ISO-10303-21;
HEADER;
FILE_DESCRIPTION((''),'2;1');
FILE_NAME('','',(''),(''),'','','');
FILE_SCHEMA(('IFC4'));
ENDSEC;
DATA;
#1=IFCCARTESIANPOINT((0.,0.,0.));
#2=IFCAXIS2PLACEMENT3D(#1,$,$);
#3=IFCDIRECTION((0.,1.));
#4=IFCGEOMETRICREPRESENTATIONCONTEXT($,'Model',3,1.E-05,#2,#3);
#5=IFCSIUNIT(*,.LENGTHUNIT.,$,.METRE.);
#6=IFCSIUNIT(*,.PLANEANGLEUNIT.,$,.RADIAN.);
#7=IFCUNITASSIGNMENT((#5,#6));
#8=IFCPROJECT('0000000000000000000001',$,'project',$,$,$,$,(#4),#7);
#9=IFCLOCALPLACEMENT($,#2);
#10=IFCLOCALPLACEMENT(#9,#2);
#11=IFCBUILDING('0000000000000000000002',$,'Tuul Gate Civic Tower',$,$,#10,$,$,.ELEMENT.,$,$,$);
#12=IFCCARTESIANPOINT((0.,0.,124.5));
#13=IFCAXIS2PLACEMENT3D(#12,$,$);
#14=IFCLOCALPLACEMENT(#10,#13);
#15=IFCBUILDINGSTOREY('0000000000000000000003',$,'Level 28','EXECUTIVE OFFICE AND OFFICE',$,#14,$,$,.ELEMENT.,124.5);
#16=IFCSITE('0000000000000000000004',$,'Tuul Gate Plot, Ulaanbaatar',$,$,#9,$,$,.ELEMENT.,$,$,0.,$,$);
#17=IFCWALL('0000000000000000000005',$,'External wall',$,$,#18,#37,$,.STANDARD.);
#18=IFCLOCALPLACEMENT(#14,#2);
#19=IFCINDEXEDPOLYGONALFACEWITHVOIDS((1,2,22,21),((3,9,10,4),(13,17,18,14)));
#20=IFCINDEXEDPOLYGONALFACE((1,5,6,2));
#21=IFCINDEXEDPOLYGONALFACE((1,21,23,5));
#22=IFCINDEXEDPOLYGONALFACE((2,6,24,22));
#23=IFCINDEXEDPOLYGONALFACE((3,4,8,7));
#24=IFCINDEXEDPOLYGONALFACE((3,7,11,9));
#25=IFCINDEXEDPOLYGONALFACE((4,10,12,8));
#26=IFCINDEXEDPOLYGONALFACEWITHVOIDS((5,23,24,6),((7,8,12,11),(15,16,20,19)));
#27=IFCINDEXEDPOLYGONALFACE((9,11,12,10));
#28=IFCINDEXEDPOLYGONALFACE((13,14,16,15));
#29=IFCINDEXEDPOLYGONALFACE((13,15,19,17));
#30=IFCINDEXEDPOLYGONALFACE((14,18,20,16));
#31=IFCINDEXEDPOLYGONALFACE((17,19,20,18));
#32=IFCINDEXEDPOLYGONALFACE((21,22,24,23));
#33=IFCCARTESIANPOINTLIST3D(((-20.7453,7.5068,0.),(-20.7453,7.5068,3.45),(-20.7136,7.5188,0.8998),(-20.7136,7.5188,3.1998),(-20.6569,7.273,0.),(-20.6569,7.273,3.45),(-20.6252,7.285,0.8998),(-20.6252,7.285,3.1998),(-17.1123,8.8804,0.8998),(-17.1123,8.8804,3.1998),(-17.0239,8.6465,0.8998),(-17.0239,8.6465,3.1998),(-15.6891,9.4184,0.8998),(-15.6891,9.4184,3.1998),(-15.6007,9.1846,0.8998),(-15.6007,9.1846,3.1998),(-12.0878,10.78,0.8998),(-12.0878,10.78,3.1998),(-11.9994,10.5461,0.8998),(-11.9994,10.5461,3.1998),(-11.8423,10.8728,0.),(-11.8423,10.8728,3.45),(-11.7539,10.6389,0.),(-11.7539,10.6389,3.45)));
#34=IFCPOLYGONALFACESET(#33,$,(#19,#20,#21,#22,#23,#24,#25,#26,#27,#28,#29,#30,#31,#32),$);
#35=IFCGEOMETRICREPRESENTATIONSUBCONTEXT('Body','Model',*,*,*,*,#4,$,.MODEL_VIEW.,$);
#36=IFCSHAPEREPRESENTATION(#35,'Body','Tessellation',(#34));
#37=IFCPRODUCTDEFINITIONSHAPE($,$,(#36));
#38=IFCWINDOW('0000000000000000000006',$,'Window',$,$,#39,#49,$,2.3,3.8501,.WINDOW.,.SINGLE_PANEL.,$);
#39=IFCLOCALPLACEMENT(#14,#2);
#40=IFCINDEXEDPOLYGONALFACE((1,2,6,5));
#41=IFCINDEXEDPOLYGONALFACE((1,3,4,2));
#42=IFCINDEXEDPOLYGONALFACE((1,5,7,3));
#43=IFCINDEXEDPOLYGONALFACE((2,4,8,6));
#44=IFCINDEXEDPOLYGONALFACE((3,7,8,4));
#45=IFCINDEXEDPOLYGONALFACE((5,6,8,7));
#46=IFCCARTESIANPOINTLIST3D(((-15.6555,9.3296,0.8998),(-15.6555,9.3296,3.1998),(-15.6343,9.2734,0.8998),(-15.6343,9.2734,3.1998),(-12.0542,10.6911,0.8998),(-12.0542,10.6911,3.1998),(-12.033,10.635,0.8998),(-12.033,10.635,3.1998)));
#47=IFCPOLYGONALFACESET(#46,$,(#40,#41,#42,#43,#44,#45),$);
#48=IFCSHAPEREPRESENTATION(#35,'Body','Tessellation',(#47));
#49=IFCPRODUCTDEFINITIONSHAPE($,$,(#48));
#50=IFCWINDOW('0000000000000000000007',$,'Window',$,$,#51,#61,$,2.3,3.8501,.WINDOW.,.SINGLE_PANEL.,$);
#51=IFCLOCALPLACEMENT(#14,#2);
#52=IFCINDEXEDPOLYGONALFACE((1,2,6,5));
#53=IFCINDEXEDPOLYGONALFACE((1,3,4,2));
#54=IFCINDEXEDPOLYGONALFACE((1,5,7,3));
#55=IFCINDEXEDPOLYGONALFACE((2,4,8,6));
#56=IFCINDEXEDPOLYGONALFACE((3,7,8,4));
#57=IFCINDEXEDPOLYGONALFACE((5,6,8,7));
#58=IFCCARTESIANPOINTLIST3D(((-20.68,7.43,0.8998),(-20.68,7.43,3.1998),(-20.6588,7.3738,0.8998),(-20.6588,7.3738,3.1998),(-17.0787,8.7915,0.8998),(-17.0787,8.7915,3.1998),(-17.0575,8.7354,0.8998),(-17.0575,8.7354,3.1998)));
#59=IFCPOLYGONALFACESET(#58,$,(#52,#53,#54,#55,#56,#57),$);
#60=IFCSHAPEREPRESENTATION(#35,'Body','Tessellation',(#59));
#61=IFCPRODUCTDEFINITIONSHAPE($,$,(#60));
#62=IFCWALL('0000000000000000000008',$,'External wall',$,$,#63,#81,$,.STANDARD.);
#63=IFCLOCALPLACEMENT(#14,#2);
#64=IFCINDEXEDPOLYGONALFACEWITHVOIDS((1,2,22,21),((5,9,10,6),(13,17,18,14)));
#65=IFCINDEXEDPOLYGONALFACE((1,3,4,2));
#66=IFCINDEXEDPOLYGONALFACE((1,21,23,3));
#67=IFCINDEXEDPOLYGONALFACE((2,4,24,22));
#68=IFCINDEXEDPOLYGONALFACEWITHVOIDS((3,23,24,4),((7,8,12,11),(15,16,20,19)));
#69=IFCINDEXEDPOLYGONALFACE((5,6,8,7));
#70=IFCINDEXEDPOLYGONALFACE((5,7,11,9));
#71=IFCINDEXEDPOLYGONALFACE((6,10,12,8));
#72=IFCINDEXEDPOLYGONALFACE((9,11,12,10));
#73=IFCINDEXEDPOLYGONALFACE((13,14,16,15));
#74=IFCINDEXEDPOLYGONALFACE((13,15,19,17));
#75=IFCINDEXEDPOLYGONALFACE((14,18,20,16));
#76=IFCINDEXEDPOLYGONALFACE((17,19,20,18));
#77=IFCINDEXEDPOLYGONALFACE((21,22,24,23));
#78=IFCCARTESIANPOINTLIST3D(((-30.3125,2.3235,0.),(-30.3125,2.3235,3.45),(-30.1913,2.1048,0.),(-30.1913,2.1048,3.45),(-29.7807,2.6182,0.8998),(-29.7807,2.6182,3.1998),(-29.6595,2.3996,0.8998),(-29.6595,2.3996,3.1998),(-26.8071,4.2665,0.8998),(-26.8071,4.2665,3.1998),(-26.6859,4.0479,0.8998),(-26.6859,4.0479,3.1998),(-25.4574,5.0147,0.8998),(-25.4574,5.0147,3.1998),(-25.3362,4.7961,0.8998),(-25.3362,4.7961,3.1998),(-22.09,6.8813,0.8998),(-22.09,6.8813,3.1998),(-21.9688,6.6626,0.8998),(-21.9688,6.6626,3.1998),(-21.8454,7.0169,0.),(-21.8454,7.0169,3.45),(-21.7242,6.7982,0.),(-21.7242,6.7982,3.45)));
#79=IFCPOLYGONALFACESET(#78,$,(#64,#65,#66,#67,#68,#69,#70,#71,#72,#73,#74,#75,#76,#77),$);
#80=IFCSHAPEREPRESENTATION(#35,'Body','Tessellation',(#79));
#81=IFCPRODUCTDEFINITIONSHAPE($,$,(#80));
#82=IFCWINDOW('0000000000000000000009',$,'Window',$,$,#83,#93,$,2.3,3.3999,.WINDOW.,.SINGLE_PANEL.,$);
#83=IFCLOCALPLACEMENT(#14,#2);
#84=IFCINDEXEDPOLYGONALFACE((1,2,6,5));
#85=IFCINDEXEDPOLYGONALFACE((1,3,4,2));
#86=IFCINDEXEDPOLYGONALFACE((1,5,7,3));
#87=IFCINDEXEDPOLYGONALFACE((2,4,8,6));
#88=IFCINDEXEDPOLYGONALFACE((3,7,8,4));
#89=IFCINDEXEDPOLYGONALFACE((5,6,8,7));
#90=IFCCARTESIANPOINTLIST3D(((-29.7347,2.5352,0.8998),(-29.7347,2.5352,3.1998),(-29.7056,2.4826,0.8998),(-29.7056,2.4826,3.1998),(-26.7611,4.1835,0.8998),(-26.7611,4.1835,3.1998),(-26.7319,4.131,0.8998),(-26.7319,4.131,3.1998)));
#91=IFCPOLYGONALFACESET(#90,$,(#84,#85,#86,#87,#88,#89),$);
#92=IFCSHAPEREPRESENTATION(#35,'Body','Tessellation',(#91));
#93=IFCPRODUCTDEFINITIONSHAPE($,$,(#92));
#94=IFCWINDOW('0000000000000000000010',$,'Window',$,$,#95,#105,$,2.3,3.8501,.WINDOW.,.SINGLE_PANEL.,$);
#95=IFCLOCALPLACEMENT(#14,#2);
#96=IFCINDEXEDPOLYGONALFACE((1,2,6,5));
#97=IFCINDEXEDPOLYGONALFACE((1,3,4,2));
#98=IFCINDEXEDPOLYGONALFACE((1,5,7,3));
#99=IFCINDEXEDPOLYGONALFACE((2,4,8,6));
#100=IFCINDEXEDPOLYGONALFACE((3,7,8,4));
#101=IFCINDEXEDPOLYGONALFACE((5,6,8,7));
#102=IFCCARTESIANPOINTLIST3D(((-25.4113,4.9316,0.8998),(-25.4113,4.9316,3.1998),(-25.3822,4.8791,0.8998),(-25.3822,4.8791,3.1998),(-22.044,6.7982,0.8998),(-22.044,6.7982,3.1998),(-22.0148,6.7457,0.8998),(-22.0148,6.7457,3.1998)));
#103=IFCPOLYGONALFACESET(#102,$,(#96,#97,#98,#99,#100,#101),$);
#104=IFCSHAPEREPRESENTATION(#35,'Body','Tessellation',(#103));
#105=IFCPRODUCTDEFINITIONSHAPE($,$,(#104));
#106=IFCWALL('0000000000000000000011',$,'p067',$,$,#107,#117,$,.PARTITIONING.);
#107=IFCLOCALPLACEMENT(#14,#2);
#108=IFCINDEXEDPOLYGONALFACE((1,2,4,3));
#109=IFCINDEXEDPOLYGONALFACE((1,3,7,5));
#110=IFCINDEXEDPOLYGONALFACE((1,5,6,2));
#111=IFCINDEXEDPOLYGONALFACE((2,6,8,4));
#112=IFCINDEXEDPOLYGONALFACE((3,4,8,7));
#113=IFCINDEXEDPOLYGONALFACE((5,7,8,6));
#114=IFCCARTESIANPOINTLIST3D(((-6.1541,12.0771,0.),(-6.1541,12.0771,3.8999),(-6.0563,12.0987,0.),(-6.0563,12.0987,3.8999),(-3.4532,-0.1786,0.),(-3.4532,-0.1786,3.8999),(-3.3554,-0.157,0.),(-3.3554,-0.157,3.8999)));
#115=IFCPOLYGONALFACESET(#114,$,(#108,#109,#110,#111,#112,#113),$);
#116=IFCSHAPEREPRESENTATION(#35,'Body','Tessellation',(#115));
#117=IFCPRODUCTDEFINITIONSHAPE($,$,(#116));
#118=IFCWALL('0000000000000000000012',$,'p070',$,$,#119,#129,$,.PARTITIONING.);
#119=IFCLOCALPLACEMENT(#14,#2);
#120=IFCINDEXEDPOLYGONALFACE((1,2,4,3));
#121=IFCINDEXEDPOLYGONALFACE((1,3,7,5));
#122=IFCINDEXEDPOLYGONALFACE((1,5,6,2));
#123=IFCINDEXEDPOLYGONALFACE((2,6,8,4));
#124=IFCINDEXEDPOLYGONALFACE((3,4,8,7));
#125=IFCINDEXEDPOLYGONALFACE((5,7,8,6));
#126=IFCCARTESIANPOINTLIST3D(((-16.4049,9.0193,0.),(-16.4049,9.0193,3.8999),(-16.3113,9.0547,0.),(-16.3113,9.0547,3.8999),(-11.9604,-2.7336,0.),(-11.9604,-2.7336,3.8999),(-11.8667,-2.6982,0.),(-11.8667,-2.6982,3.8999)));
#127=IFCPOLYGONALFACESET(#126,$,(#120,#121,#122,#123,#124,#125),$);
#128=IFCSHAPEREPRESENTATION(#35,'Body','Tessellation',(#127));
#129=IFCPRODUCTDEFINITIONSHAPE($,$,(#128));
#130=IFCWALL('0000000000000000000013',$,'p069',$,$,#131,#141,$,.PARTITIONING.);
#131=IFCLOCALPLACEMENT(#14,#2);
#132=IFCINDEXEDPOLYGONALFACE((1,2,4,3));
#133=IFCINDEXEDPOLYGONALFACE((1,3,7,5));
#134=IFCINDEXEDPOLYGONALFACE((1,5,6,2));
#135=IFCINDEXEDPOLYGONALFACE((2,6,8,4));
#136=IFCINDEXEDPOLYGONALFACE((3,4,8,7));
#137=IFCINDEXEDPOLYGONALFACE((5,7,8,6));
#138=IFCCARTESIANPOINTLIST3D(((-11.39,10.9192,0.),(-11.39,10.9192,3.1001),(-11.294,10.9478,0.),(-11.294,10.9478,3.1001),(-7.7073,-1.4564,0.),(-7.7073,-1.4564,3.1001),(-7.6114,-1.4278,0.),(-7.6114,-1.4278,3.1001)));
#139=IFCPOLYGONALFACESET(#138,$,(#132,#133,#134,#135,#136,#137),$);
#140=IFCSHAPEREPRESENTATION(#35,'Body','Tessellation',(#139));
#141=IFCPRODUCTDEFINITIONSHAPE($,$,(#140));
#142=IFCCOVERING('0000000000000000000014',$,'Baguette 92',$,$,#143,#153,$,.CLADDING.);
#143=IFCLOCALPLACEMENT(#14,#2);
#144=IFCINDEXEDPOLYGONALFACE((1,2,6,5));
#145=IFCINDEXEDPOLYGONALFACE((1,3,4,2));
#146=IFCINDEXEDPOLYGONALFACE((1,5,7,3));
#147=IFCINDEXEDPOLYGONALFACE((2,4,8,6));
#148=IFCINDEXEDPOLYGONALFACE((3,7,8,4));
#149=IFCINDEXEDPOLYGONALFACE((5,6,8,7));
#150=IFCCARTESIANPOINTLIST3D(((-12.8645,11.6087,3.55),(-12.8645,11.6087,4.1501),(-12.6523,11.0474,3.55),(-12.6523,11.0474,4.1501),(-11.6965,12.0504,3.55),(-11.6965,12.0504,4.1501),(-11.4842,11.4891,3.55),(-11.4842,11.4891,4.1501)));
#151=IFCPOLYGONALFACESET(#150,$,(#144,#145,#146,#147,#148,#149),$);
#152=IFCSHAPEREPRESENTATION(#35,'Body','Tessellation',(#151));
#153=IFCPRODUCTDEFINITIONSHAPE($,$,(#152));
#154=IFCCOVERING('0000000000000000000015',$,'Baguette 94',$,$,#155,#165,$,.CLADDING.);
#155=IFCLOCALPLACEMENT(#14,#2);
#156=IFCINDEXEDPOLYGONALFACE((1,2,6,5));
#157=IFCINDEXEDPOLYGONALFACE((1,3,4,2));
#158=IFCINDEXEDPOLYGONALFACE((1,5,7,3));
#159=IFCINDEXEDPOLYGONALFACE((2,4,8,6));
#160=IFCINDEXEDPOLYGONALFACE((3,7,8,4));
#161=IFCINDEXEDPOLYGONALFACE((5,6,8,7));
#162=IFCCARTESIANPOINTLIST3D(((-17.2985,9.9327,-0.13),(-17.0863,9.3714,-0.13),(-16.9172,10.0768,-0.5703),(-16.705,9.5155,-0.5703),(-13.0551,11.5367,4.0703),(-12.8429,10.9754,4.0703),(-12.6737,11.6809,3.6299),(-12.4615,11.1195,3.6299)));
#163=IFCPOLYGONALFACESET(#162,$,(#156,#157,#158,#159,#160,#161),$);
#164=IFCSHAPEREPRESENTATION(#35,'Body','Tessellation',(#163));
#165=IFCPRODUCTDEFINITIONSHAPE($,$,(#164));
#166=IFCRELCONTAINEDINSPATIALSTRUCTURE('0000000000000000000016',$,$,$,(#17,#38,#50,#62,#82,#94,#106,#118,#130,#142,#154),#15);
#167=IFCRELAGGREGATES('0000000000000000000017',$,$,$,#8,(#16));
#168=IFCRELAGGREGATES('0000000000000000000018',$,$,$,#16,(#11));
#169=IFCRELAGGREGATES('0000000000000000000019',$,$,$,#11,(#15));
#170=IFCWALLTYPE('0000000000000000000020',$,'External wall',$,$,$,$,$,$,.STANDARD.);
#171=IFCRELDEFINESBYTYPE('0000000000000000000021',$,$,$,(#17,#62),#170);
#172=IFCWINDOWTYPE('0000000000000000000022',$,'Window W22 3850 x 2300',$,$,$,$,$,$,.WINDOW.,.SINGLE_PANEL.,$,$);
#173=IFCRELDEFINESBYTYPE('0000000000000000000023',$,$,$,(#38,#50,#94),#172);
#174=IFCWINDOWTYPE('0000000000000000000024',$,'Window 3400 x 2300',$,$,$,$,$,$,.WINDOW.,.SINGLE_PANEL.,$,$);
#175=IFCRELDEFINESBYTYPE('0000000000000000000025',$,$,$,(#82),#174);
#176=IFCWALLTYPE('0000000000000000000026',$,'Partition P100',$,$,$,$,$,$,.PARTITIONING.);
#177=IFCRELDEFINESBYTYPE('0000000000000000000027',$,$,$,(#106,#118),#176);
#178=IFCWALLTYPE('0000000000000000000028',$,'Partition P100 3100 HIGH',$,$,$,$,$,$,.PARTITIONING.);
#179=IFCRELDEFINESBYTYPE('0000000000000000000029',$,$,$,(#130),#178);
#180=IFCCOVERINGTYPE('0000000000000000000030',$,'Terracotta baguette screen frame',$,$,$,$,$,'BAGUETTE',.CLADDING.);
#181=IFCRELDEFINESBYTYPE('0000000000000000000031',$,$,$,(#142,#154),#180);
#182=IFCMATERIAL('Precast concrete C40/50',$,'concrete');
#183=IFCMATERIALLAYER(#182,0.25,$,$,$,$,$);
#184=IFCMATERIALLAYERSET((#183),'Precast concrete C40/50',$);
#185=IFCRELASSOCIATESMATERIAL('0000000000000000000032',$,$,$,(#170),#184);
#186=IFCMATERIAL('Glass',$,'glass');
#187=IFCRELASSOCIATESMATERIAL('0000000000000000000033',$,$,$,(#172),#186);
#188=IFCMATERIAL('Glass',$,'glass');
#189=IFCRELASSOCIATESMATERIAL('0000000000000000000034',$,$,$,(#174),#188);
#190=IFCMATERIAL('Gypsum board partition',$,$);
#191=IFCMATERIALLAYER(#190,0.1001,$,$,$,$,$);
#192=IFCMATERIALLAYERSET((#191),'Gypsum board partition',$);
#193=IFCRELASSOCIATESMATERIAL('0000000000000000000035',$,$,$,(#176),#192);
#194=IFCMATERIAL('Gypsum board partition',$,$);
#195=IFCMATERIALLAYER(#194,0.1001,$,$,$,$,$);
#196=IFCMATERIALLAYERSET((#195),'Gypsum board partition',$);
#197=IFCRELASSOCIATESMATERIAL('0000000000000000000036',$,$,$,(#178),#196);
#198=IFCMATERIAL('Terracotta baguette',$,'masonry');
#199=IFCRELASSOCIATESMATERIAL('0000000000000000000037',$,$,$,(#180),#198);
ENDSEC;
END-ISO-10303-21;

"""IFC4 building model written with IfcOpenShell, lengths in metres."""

from ifc_helpers import new_model, si_unit, direction, frame, frame_2d, origin, origin_2d, place, context, subcontext, project, spatial, rectangle, extrude, material, layer, layer_set, material_profile, profile_set, type_object, element, fill, save


model = new_model("IFC4")

# Units and contexts
model_context = context("Model", 3, precision=1e-05, world=origin(), true_north=direction((0.0, 1.0)))
body_context = subcontext(model_context, "Body", "Model", "MODEL_VIEW")
ifc_project = project(units=[si_unit("LENGTHUNIT", "METRE"), si_unit("PLANEANGLEUNIT", "RADIAN")], contexts=[model_context])

# Site, building, storey
site_placement = place(None, origin())
site = spatial("IfcSite", under=ifc_project, at=site_placement, Name="Tuul Gate Plot, Ulaanbaatar", CompositionType="ELEMENT", RefElevation=0.0)
building_placement = place(site_placement, origin())
building = spatial("IfcBuilding", under=site, at=building_placement, Name="Tuul Gate Civic Tower", CompositionType="ELEMENT")
storey_placement = place(building_placement, frame((0.0, 0.0, 124.5)))
storey = spatial("IfcBuildingStorey", under=building, at=storey_placement, Name="Level 28", Description="EXECUTIVE OFFICE AND OFFICE", CompositionType="ELEMENT", Elevation=124.5)

# Walls, openings, windows
ifc_material_1 = material(Name="Precast concrete C40/50", Category="concrete")
ifc_layer_1 = layer(ifc_material_1, 0.25)
ifc_layer_set_1 = layer_set([ifc_layer_1], Name="Precast concrete C40/50")
wall_type_1 = type_object("IfcWallType", Name="External wall", PredefinedType="STANDARD", material=ifc_layer_set_1)
wall_1_placement = place(storey_placement, frame((-11.7981, 10.7559, 0.0), z_axis=(0.0, 0.0, 1.0), x_axis=(-0.935382, -0.353638, 0.0)))
wall_1 = element("IfcWall", 1, at=wall_1_placement, inside=storey, type_object=wall_type_1, Name="External wall", PredefinedType="STANDARD", context=body_context, shape_type="SweptSolid", body=[
    extrude(rectangle(XDim=9.5181, YDim=0.25, at=frame_2d((4.759, 0.0))), origin(), (0.0, 0.0, 1.0), 3.45),
])
opening_1_placement = place(wall_1_placement, frame((0.2625, 0.0, 0.8999)))
opening_1 = element("IfcOpeningElement", 2, at=opening_1_placement, cuts=wall_1, PredefinedType="OPENING", context=body_context, shape_type="SweptSolid", body=[
    extrude(rectangle(XDim=3.8501, YDim=2.3, at=frame_2d((1.925, 1.1499))), frame((0.0, 0.135, 0.0), z_axis=(0.0, -1.0, 0.0), x_axis=(1.0, 0.0, 0.0)), (0.0, 0.0, 1.0), 0.27),
])
opening_2_placement = place(wall_1_placement, frame((5.634, 0.0, 0.8999)))
opening_2 = element("IfcOpeningElement", 3, at=opening_2_placement, cuts=wall_1, PredefinedType="OPENING", context=body_context, shape_type="SweptSolid", body=[
    extrude(rectangle(XDim=3.8501, YDim=2.3, at=frame_2d((1.925, 1.1499))), frame((0.0, 0.135, 0.0), z_axis=(0.0, -1.0, 0.0), x_axis=(1.0, 0.0, 0.0)), (0.0, 0.0, 1.0), 0.27),
])
ifc_material_2 = material(Name="Glass", Category="glass")
window_type_1 = type_object("IfcWindowType", Name="Window W22 3850 x 2300", PartitioningType="SINGLE_PANEL", PredefinedType="WINDOW", material=ifc_material_2)
window_1_placement = place(opening_1_placement, origin())
window_1 = element("IfcWindow", 4, at=window_1_placement, inside=storey, type_object=window_type_1, Name="Window", OverallHeight=2.3, OverallWidth=3.8501, PartitioningType="SINGLE_PANEL", PredefinedType="WINDOW", context=body_context, shape_type="SweptSolid", body=[
    extrude(rectangle(XDim=3.8501, YDim=2.3, at=frame_2d((1.925, 1.1499))), frame((0.0, 0.03, 0.0), z_axis=(0.0, -1.0, 0.0), x_axis=(1.0, 0.0, 0.0)), (0.0, 0.0, 1.0), 0.0601),
])
fill(opening_1, window_1)
window_2_placement = place(opening_2_placement, origin())
window_2 = element("IfcWindow", 5, at=window_2_placement, inside=storey, type_object=window_type_1, Name="Window", OverallHeight=2.3, OverallWidth=3.8501, PartitioningType="SINGLE_PANEL", PredefinedType="WINDOW", context=body_context, shape_type="SweptSolid", body=[
    extrude(rectangle(XDim=3.8501, YDim=2.3, at=frame_2d((1.925, 1.1499))), frame((0.0, 0.03, 0.0), z_axis=(0.0, -1.0, 0.0), x_axis=(1.0, 0.0, 0.0)), (0.0, 0.0, 1.0), 0.0601),
])
fill(opening_2, window_2)
wall_2_placement = place(storey_placement, frame((-21.7849, 6.9075, 0.0), z_axis=(0.0, 0.0, 1.0), x_axis=(-0.87462, -0.48481, 0.0)))
wall_2 = element("IfcWall", 6, at=wall_2_placement, inside=storey, type_object=wall_type_1, Name="External wall", PredefinedType="STANDARD", context=body_context, shape_type="SweptSolid", body=[
    extrude(rectangle(XDim=9.6809, YDim=0.25, at=frame_2d((4.8403, 0.0))), origin(), (0.0, 0.0, 1.0), 3.45),
])
opening_3_placement = place(wall_2_placement, frame((0.2795, 0.0, 0.8999)))
opening_3 = element("IfcOpeningElement", 7, at=opening_3_placement, cuts=wall_2, PredefinedType="OPENING", context=body_context, shape_type="SweptSolid", body=[
    extrude(rectangle(XDim=3.8501, YDim=2.3, at=frame_2d((1.925, 1.1499))), frame((0.0, 0.135, 0.0), z_axis=(0.0, -1.0, 0.0), x_axis=(1.0, 0.0, 0.0)), (0.0, 0.0, 1.0), 0.27),
])
opening_4_placement = place(wall_2_placement, frame((5.6729, 0.0, 0.8999)))
opening_4 = element("IfcOpeningElement", 8, at=opening_4_placement, cuts=wall_2, PredefinedType="OPENING", context=body_context, shape_type="SweptSolid", body=[
    extrude(rectangle(XDim=3.3999, YDim=2.3, at=frame_2d((1.7, 1.1499))), frame((0.0, 0.135, 0.0), z_axis=(0.0, -1.0, 0.0), x_axis=(1.0, 0.0, 0.0)), (0.0, 0.0, 1.0), 0.27),
])
ifc_material_3 = material(Name="Glass", Category="glass")
window_type_2 = type_object("IfcWindowType", Name="Window 3400 x 2300", PartitioningType="SINGLE_PANEL", PredefinedType="WINDOW", material=ifc_material_3)
window_3_placement = place(opening_4_placement, origin())
window_3 = element("IfcWindow", 9, at=window_3_placement, inside=storey, type_object=window_type_2, Name="Window", OverallHeight=2.3, OverallWidth=3.3999, PartitioningType="SINGLE_PANEL", PredefinedType="WINDOW", context=body_context, shape_type="SweptSolid", body=[
    extrude(rectangle(XDim=3.3999, YDim=2.3, at=frame_2d((1.7, 1.1499))), frame((0.0, 0.03, 0.0), z_axis=(0.0, -1.0, 0.0), x_axis=(1.0, 0.0, 0.0)), (0.0, 0.0, 1.0), 0.0601),
])
fill(opening_4, window_3)
window_4_placement = place(opening_3_placement, origin())
window_4 = element("IfcWindow", 10, at=window_4_placement, inside=storey, type_object=window_type_1, Name="Window", OverallHeight=2.3, OverallWidth=3.8501, PartitioningType="SINGLE_PANEL", PredefinedType="WINDOW", context=body_context, shape_type="SweptSolid", body=[
    extrude(rectangle(XDim=3.8501, YDim=2.3, at=frame_2d((1.925, 1.1499))), frame((0.0, 0.03, 0.0), z_axis=(0.0, -1.0, 0.0), x_axis=(1.0, 0.0, 0.0)), (0.0, 0.0, 1.0), 0.0601),
])
fill(opening_3, window_4)

# Walls
ifc_material_4 = material(Name="Gypsum board partition")
ifc_layer_2 = layer(ifc_material_4, 0.1001)
ifc_layer_set_2 = layer_set([ifc_layer_2], Name="Gypsum board partition")
wall_type_2 = type_object("IfcWallType", Name="Partition P100", PredefinedType="PARTITIONING", material=ifc_layer_set_2)
wall_3_placement = place(storey_placement, frame((-6.1052, 12.0879, 0.0), z_axis=(0.0, 0.0, 1.0), x_axis=(0.215218, -0.976566, 0.0)))
element("IfcWall", 11, at=wall_3_placement, inside=storey, type_object=wall_type_2, Name="p067", PredefinedType="PARTITIONING", context=body_context, shape_type="SweptSolid", body=[
    extrude(rectangle(XDim=12.5498, YDim=0.1001, at=frame_2d((6.2749, 0.0))), origin(), (0.0, 0.0, 1.0), 3.8999),
])
wall_4_placement = place(storey_placement, frame((-16.3582, 9.0371, 0.0), z_axis=(0.0, 0.0, 1.0), x_axis=(0.35372, -0.935351, 0.0)))
element("IfcWall", 12, at=wall_4_placement, inside=storey, type_object=wall_type_2, Name="p070", PredefinedType="PARTITIONING", context=body_context, shape_type="SweptSolid", body=[
    extrude(rectangle(XDim=12.5652, YDim=0.1001, at=frame_2d((6.2827, 0.0))), origin(), (0.0, 0.0, 1.0), 3.8999),
])
ifc_material_5 = material(Name="Gypsum board partition")
ifc_layer_3 = layer(ifc_material_5, 0.1001)
ifc_layer_set_3 = layer_set([ifc_layer_3], Name="Gypsum board partition")
wall_type_3 = type_object("IfcWallType", Name="Partition P100 3100 HIGH", PredefinedType="PARTITIONING", material=ifc_layer_set_3)
wall_5_placement = place(storey_placement, frame((-11.342, 10.9336, 0.0), z_axis=(0.0, 0.0, 1.0), x_axis=(0.285213, -0.958464, 0.0)))
element("IfcWall", 13, at=wall_5_placement, inside=storey, type_object=wall_type_3, Name="p069", PredefinedType="PARTITIONING", context=body_context, shape_type="SweptSolid", body=[
    extrude(rectangle(XDim=12.9119, YDim=0.1001, at=frame_2d((6.4561, 0.0))), origin(), (0.0, 0.0, 1.0), 3.1001),
])

# Coverings
ifc_material_6 = material(Name="Terracotta baguette", Category="masonry")
ifc_material_profile_1 = material_profile(ifc_material_6, rectangle(XDim=0.6001, YDim=0.6001, at=origin_2d()), Name="Terracotta baguette screen frame")
ifc_profile_set_1 = profile_set([ifc_material_profile_1], Name="Terracotta baguette")
covering_type = type_object("IfcCoveringType", Name="Terracotta baguette screen frame", ElementType="BAGUETTE", PredefinedType="CLADDING", material=ifc_profile_set_1)
covering_1_placement = place(storey_placement, frame((-11.5903, 11.7698, 3.8501), z_axis=(-0.935361, -0.353693, 0.0), x_axis=(0.353693, -0.935361, 0.0)))
element("IfcCovering", 14, at=covering_1_placement, inside=storey, type_object=covering_type, Name="Baguette 92", PredefinedType="CLADDING", context=body_context, shape_type="SweptSolid", body=[
    extrude(rectangle(XDim=0.6001, YDim=0.6001, at=origin_2d()), origin(), (0.0, 0.0, 1.0), 1.2488),
])
covering_2_placement = place(storey_placement, frame((-12.7583, 11.3281, 3.8501), z_axis=(-0.686379, -0.25945, -0.679389), x_axis=(0.353582, -0.935404, 0.0)))
element("IfcCovering", 15, at=covering_2_placement, inside=storey, type_object=covering_type, Name="Baguette 94", PredefinedType="CLADDING", context=body_context, shape_type="SweptSolid", body=[
    extrude(rectangle(XDim=0.6001, YDim=0.6001, at=origin_2d()), origin(), (0.0, 0.0, 1.0), 6.1824),
])

save(model, "model.ifc")
